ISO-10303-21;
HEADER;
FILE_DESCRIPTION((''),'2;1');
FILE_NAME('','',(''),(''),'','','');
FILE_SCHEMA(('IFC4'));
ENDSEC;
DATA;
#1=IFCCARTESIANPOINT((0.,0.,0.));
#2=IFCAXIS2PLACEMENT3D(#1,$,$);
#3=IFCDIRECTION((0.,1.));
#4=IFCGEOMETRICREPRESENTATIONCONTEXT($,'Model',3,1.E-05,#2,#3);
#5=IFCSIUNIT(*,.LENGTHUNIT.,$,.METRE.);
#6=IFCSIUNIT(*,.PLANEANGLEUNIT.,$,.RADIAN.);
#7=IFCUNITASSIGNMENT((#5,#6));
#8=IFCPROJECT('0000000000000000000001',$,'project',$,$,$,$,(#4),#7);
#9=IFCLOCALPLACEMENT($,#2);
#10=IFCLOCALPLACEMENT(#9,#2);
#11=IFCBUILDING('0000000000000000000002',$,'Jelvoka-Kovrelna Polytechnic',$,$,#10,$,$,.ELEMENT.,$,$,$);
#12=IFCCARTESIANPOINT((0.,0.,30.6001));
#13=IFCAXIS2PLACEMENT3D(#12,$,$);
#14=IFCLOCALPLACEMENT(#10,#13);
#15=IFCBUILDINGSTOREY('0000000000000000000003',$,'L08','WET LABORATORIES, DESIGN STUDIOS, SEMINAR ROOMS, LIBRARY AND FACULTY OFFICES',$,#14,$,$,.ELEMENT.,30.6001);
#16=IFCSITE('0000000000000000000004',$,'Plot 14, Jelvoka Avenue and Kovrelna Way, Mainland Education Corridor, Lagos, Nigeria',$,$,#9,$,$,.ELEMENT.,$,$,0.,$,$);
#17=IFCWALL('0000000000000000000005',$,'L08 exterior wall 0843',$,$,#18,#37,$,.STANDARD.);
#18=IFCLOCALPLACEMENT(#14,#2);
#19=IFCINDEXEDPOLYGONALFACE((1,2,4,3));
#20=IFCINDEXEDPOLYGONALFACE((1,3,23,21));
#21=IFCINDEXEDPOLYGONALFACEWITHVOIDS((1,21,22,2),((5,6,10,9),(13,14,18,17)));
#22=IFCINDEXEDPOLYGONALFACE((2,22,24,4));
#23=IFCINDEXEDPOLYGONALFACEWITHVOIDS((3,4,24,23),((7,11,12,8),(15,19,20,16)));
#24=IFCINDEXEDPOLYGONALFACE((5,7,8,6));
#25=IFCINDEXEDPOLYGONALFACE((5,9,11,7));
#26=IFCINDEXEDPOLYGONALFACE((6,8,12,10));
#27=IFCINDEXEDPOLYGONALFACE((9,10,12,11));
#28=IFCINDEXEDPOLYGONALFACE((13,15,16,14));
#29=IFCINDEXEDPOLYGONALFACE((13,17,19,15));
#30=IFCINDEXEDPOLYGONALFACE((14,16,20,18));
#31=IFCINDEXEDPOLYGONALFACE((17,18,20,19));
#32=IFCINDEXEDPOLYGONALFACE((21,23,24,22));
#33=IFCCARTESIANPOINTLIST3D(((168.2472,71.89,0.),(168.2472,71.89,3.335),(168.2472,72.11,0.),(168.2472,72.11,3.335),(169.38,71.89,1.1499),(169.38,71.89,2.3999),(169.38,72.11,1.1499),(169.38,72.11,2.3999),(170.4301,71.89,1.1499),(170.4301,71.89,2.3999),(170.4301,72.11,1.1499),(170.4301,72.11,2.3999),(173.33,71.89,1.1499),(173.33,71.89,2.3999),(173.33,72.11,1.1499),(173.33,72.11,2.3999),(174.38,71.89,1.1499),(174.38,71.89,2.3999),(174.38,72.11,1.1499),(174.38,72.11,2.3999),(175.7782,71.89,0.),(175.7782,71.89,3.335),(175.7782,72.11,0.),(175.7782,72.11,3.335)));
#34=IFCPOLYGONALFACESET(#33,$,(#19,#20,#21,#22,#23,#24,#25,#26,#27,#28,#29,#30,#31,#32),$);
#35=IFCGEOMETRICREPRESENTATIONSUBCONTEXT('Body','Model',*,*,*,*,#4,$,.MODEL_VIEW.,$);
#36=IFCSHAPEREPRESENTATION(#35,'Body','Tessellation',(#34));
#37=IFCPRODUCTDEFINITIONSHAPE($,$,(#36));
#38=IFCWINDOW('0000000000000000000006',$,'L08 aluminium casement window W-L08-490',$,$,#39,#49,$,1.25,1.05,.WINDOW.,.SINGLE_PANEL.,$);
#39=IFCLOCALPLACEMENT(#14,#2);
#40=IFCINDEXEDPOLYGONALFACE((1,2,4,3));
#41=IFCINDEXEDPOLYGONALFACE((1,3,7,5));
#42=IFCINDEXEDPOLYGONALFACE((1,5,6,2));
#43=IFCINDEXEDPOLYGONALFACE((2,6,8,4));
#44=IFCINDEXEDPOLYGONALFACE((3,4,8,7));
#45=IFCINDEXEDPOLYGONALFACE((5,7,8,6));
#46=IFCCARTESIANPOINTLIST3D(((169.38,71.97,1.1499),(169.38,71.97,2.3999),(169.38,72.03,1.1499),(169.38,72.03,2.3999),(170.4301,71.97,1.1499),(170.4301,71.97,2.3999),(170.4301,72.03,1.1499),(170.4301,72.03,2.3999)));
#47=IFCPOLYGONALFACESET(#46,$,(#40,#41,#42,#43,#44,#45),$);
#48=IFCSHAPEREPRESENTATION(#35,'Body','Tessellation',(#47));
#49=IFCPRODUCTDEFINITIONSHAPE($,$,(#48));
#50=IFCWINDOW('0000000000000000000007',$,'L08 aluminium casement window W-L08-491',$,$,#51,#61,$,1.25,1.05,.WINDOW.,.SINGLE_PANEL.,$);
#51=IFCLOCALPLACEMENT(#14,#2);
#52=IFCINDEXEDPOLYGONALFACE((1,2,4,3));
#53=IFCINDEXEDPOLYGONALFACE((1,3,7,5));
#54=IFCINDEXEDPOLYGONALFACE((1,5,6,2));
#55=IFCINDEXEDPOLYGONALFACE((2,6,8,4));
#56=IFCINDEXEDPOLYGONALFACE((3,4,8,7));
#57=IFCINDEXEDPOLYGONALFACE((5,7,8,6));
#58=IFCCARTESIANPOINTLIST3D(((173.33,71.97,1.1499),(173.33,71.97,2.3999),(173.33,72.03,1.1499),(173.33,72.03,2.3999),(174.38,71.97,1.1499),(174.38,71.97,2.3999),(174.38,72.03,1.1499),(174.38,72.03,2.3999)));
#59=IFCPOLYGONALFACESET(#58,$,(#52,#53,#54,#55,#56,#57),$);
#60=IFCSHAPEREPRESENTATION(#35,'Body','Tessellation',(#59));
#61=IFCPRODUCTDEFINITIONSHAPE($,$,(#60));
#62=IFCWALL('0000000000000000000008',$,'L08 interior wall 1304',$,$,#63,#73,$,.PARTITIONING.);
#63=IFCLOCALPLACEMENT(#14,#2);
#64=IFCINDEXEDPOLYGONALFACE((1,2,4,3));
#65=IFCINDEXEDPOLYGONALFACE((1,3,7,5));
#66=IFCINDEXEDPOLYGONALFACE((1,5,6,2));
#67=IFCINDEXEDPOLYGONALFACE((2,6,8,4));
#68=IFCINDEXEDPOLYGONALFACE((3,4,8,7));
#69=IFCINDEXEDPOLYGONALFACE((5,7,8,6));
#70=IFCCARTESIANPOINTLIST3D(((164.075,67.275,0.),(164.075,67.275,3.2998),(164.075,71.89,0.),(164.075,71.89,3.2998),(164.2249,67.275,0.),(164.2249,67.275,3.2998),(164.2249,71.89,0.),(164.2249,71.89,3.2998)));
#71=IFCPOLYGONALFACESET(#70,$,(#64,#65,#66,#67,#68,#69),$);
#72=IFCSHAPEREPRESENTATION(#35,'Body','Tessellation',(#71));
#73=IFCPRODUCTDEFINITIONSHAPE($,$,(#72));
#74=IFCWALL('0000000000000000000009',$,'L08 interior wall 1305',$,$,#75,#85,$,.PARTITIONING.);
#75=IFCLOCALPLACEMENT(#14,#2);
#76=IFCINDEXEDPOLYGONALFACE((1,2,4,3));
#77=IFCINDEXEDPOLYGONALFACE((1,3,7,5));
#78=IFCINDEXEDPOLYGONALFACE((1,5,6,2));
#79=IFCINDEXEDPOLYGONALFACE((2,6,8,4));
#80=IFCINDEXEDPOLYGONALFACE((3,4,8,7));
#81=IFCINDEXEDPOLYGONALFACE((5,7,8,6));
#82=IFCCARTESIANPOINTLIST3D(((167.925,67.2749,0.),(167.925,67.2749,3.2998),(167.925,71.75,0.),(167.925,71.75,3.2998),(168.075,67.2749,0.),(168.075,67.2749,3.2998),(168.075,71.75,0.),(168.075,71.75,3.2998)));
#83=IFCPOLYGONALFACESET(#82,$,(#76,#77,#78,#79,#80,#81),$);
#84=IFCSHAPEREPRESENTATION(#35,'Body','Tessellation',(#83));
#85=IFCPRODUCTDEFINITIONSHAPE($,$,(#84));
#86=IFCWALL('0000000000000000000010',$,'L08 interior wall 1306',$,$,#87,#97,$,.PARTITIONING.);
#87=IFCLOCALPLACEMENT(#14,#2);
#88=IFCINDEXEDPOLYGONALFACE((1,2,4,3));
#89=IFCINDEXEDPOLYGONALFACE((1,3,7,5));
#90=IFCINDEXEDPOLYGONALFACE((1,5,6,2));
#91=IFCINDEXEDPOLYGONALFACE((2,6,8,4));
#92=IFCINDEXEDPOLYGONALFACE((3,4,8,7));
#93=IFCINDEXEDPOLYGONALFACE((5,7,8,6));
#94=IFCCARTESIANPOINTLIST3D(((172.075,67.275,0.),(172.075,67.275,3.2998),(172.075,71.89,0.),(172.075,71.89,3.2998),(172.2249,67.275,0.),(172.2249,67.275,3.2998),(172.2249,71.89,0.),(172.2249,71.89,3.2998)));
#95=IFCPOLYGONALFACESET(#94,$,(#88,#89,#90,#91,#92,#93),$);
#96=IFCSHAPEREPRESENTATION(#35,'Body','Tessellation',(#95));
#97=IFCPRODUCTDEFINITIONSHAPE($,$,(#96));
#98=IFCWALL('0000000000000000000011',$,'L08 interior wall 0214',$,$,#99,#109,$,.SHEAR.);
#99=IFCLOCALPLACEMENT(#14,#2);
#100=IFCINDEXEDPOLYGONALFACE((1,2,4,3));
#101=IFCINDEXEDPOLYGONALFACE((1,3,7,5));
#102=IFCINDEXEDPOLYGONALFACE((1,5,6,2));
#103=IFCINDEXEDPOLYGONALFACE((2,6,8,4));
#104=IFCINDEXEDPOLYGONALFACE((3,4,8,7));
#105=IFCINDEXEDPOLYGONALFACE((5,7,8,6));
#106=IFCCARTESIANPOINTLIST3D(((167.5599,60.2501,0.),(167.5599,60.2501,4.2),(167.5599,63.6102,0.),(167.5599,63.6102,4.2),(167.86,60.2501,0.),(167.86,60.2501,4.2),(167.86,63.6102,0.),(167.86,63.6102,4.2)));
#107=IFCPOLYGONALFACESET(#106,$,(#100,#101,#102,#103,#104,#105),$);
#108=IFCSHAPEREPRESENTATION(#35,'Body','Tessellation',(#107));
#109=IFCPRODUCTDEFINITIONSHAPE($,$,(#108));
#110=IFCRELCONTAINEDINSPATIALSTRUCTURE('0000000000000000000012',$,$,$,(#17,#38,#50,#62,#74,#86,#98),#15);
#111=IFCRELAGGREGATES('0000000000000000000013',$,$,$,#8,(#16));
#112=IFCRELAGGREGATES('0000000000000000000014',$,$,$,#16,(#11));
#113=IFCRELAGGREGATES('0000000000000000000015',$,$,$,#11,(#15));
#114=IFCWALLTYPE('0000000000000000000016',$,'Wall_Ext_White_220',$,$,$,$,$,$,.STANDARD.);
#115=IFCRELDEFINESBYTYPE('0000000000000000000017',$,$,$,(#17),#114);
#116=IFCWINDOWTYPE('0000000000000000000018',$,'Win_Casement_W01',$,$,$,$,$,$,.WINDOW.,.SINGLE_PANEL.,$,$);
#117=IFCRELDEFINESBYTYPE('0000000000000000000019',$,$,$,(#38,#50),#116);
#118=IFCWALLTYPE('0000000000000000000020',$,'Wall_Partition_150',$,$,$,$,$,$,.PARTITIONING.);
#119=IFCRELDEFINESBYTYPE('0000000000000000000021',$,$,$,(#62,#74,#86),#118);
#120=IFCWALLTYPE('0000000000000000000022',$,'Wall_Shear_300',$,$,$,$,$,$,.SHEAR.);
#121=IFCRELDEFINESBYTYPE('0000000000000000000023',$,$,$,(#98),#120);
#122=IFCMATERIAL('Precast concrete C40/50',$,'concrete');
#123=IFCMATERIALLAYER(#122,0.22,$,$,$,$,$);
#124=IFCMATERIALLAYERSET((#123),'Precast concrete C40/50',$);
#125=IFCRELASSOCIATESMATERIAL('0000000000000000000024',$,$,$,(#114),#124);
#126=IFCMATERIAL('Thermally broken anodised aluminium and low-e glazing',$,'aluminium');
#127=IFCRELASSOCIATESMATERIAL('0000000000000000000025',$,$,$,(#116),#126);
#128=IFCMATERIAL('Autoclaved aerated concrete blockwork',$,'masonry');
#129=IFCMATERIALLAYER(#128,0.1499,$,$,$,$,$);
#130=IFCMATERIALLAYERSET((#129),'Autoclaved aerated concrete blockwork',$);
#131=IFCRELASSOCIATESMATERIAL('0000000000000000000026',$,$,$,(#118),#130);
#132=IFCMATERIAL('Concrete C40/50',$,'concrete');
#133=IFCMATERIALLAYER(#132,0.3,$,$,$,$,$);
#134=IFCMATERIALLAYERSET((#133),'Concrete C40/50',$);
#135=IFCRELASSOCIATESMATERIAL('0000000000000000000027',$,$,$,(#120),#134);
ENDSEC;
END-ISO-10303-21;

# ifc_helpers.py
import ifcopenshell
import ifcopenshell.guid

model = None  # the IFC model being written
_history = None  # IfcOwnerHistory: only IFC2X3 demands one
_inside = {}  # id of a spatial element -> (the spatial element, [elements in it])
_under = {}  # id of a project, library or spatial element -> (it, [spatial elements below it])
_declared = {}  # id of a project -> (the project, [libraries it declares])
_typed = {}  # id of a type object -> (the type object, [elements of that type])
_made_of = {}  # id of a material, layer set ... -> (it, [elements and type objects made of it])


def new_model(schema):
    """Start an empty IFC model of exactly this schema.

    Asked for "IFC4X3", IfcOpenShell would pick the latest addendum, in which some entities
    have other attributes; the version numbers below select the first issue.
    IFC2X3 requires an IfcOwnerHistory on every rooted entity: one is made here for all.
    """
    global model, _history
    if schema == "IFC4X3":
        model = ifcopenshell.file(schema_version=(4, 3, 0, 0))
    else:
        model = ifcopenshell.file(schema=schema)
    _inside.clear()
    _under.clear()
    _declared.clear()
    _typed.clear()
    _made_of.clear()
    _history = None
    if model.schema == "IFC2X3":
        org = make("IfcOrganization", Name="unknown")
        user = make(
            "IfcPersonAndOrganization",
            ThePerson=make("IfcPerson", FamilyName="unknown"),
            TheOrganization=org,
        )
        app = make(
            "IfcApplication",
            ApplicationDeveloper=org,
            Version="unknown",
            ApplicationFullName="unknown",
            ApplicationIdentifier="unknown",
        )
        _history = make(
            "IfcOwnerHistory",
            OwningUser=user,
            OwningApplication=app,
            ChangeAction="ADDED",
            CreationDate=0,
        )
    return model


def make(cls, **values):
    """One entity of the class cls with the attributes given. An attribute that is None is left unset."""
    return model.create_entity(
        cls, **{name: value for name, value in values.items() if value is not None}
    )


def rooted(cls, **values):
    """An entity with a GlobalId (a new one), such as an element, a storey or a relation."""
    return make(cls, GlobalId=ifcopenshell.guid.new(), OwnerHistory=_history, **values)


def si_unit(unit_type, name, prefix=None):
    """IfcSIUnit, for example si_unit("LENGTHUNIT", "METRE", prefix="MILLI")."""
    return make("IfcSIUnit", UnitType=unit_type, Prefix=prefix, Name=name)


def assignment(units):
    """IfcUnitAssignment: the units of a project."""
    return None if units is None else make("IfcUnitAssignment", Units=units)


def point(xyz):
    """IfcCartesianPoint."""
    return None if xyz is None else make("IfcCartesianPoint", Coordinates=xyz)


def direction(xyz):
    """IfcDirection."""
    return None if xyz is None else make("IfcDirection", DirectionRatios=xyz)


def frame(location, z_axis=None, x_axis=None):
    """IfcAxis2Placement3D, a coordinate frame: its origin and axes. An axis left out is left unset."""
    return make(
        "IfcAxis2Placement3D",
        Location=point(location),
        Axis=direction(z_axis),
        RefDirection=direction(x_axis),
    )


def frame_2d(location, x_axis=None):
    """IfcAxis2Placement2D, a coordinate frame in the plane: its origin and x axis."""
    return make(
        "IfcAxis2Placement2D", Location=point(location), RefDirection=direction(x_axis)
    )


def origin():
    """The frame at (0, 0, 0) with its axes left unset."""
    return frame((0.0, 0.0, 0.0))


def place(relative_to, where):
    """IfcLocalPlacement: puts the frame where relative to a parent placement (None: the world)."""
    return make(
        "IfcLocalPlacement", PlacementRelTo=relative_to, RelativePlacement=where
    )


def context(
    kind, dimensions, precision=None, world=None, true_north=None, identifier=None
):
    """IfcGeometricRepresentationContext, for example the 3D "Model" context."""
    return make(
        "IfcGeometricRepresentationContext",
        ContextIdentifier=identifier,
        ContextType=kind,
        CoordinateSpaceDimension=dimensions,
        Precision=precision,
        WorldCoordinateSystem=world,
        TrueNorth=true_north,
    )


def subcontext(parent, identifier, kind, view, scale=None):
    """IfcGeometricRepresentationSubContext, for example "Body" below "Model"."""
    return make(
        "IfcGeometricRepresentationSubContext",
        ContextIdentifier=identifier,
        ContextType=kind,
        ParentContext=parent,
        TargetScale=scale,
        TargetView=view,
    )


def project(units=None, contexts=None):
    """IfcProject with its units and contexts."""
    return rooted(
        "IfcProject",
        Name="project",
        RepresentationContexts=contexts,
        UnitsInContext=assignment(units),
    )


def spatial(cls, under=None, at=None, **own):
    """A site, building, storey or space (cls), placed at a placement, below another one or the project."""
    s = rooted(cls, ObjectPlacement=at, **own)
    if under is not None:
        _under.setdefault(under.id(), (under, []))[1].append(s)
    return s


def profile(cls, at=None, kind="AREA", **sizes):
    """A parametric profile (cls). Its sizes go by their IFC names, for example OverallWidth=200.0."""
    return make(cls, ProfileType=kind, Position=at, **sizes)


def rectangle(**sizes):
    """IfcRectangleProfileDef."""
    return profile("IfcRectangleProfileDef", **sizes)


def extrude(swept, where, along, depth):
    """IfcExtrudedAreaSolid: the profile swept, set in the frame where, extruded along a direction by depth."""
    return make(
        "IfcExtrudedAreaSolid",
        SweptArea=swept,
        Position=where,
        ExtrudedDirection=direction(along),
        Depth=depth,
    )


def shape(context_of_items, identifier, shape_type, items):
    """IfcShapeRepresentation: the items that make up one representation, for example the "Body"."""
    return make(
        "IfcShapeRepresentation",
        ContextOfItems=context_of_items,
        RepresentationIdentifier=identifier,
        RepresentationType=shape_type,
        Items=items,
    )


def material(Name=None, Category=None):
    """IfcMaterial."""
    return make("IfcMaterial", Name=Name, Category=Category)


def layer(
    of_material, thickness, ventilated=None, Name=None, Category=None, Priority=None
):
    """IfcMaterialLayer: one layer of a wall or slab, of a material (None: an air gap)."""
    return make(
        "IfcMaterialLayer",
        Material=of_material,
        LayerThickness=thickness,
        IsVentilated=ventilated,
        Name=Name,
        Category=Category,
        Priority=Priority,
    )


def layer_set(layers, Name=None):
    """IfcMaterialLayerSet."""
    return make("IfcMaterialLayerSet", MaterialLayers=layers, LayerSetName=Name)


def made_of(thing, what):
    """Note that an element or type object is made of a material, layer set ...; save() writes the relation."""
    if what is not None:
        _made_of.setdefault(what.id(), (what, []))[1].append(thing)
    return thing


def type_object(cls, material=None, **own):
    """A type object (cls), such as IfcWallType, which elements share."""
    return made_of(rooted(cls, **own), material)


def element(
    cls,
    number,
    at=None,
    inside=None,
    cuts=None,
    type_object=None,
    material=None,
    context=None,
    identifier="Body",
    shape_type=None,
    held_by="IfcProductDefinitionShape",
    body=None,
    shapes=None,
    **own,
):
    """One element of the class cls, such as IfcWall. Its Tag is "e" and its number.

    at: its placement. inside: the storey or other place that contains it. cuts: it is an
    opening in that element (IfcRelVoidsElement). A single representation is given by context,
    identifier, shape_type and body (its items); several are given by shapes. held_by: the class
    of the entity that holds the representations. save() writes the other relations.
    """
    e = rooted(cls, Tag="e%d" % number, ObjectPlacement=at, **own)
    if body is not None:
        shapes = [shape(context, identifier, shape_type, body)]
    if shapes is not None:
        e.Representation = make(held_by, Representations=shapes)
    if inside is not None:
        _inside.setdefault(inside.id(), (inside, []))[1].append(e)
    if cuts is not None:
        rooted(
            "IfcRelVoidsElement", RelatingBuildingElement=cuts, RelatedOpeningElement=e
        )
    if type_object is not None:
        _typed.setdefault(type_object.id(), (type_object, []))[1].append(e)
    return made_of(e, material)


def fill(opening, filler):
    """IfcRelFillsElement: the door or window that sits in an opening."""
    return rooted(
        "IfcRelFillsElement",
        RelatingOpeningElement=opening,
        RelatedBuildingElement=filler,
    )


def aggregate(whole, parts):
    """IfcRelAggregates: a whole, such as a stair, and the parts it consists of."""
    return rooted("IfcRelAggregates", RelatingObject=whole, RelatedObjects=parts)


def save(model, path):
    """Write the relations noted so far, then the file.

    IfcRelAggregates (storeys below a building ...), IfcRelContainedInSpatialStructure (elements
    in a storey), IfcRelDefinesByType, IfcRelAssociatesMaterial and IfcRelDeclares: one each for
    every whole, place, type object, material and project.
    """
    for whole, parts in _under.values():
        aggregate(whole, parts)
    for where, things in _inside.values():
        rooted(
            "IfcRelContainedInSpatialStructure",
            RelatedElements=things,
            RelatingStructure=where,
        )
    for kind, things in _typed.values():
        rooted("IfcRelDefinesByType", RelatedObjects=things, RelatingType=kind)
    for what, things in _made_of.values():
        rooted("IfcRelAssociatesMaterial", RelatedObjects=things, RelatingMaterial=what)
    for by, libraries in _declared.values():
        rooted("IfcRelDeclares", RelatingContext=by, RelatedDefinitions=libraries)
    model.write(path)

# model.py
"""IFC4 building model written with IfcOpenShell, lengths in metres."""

from ifc_helpers import new_model, si_unit, direction, frame, frame_2d, origin, place, context, subcontext, project, spatial, rectangle, extrude, material, layer, layer_set, type_object, element, fill, save


model = new_model("IFC4")

# Units and contexts
model_context = context("Model", 3, precision=1e-05, world=origin(), true_north=direction((0.0, 1.0)))
body_context = subcontext(model_context, "Body", "Model", "MODEL_VIEW")
ifc_project = project(units=[si_unit("LENGTHUNIT", "METRE"), si_unit("PLANEANGLEUNIT", "RADIAN")], contexts=[model_context])

# Site, building, storey
site_placement = place(None, origin())
site = spatial("IfcSite", under=ifc_project, at=site_placement, Name="Plot 14, Jelvoka Avenue and Kovrelna Way, Mainland Education Corridor, Lagos, Nigeria", CompositionType="ELEMENT", RefElevation=0.0)
building_placement = place(site_placement, origin())
building = spatial("IfcBuilding", under=site, at=building_placement, Name="Jelvoka-Kovrelna Polytechnic", CompositionType="ELEMENT")
storey_placement = place(building_placement, frame((0.0, 0.0, 30.6001)))
storey = spatial("IfcBuildingStorey", under=building, at=storey_placement, Name="L08", Description="WET LABORATORIES, DESIGN STUDIOS, SEMINAR ROOMS, LIBRARY AND FACULTY OFFICES", CompositionType="ELEMENT", Elevation=30.6001)

# Wall, openings, windows
ifc_material_1 = material(Name="Precast concrete C40/50", Category="concrete")
ifc_layer_1 = layer(ifc_material_1, 0.22)
ifc_layer_set_1 = layer_set([ifc_layer_1], Name="Precast concrete C40/50")
wall_type_1 = type_object("IfcWallType", Name="Wall_Ext_White_220", PredefinedType="STANDARD", material=ifc_layer_set_1)
wall_1_placement = place(storey_placement, frame((168.2471, 72.0, 0.0), z_axis=(0.0, 0.0, 1.0), x_axis=(1.0, 0.0, 0.0)))
wall_1 = element("IfcWall", 1, at=wall_1_placement, inside=storey, type_object=wall_type_1, Name="L08 exterior wall 0843", PredefinedType="STANDARD", context=body_context, shape_type="SweptSolid", body=[
    extrude(rectangle(XDim=7.531, YDim=0.22, at=frame_2d((3.7656, 0.0))), origin(), (0.0, 0.0, 1.0), 3.335),
])
opening_1_placement = place(wall_1_placement, frame((1.1331, 0.0, 1.1499)))
opening_1 = element("IfcOpeningElement", 2, at=opening_1_placement, cuts=wall_1, PredefinedType="OPENING", context=body_context, shape_type="SweptSolid", body=[
    extrude(rectangle(XDim=1.05, YDim=1.25, at=frame_2d((0.5249, 0.625))), frame((0.0, 0.1199, 0.0), z_axis=(0.0, -1.0, 0.0), x_axis=(1.0, 0.0, 0.0)), (0.0, 0.0, 1.0), 0.24),
])
opening_2_placement = place(wall_1_placement, frame((5.083, 0.0, 1.1499)))
opening_2 = element("IfcOpeningElement", 3, at=opening_2_placement, cuts=wall_1, PredefinedType="OPENING", context=body_context, shape_type="SweptSolid", body=[
    extrude(rectangle(XDim=1.05, YDim=1.25, at=frame_2d((0.5249, 0.625))), frame((0.0, 0.1199, 0.0), z_axis=(0.0, -1.0, 0.0), x_axis=(1.0, 0.0, 0.0)), (0.0, 0.0, 1.0), 0.24),
])
ifc_material_2 = material(Name="Thermally broken anodised aluminium and low-e glazing", Category="aluminium")
window_type = type_object("IfcWindowType", Name="Win_Casement_W01", PartitioningType="SINGLE_PANEL", PredefinedType="WINDOW", material=ifc_material_2)
window_1_placement = place(opening_1_placement, origin())
window_1 = element("IfcWindow", 4, at=window_1_placement, inside=storey, type_object=window_type, Name="L08 aluminium casement window W-L08-490", OverallHeight=1.25, OverallWidth=1.05, PartitioningType="SINGLE_PANEL", PredefinedType="WINDOW", context=body_context, shape_type="SweptSolid", body=[
    extrude(rectangle(XDim=1.05, YDim=1.25, at=frame_2d((0.5249, 0.625))), frame((0.0, 0.03, 0.0), z_axis=(0.0, -1.0, 0.0), x_axis=(1.0, 0.0, 0.0)), (0.0, 0.0, 1.0), 0.0601),
])
fill(opening_1, window_1)
window_2_placement = place(opening_2_placement, origin())
window_2 = element("IfcWindow", 5, at=window_2_placement, inside=storey, type_object=window_type, Name="L08 aluminium casement window W-L08-491", OverallHeight=1.25, OverallWidth=1.05, PartitioningType="SINGLE_PANEL", PredefinedType="WINDOW", context=body_context, shape_type="SweptSolid", body=[
    extrude(rectangle(XDim=1.05, YDim=1.25, at=frame_2d((0.5249, 0.625))), frame((0.0, 0.03, 0.0), z_axis=(0.0, -1.0, 0.0), x_axis=(1.0, 0.0, 0.0)), (0.0, 0.0, 1.0), 0.0601),
])
fill(opening_2, window_2)

# Walls
ifc_material_3 = material(Name="Autoclaved aerated concrete blockwork", Category="masonry")
ifc_layer_2 = layer(ifc_material_3, 0.1499)
ifc_layer_set_2 = layer_set([ifc_layer_2], Name="Autoclaved aerated concrete blockwork")
wall_type_2 = type_object("IfcWallType", Name="Wall_Partition_150", PredefinedType="PARTITIONING", material=ifc_layer_set_2)
wall_2_placement = place(storey_placement, frame((164.1499, 67.2749, 0.0), z_axis=(0.0, 0.0, 1.0), x_axis=(0.0, 1.0, 0.0)))
element("IfcWall", 6, at=wall_2_placement, inside=storey, type_object=wall_type_2, Name="L08 interior wall 1304", PredefinedType="PARTITIONING", context=body_context, shape_type="SweptSolid", body=[
    extrude(rectangle(XDim=4.615, YDim=0.1499, at=frame_2d((2.3076, 0.0))), origin(), (0.0, 0.0, 1.0), 3.2998),
])
wall_3_placement = place(storey_placement, frame((168.0, 67.2749, 0.0), z_axis=(0.0, 0.0, 1.0), x_axis=(0.0, 1.0, 0.0)))
element("IfcWall", 7, at=wall_3_placement, inside=storey, type_object=wall_type_2, Name="L08 interior wall 1305", PredefinedType="PARTITIONING", context=body_context, shape_type="SweptSolid", body=[
    extrude(rectangle(XDim=4.4751, YDim=0.1499, at=frame_2d((2.2375, 0.0))), origin(), (0.0, 0.0, 1.0), 3.2998),
])
wall_4_placement = place(storey_placement, frame((172.1499, 67.2749, 0.0), z_axis=(0.0, 0.0, 1.0), x_axis=(0.0, 1.0, 0.0)))
element("IfcWall", 8, at=wall_4_placement, inside=storey, type_object=wall_type_2, Name="L08 interior wall 1306", PredefinedType="PARTITIONING", context=body_context, shape_type="SweptSolid", body=[
    extrude(rectangle(XDim=4.615, YDim=0.1499, at=frame_2d((2.3076, 0.0))), origin(), (0.0, 0.0, 1.0), 3.2998),
])
ifc_material_4 = material(Name="Concrete C40/50", Category="concrete")
ifc_layer_3 = layer(ifc_material_4, 0.3)
ifc_layer_set_3 = layer_set([ifc_layer_3], Name="Concrete C40/50")
wall_type_3 = type_object("IfcWallType", Name="Wall_Shear_300", PredefinedType="SHEAR", material=ifc_layer_set_3)
wall_5_placement = place(storey_placement, frame((167.71, 60.25, 0.0), z_axis=(0.0, 0.0, 1.0), x_axis=(0.0, 1.0, 0.0)))
element("IfcWall", 9, at=wall_5_placement, inside=storey, type_object=wall_type_3, Name="L08 interior wall 0214", PredefinedType="SHEAR", context=body_context, shape_type="SweptSolid", body=[
    extrude(rectangle(XDim=3.3601, YDim=0.3, at=frame_2d((1.6802, 0.0))), origin(), (0.0, 0.0, 1.0), 4.2),
])

save(model, "model.ifc")
